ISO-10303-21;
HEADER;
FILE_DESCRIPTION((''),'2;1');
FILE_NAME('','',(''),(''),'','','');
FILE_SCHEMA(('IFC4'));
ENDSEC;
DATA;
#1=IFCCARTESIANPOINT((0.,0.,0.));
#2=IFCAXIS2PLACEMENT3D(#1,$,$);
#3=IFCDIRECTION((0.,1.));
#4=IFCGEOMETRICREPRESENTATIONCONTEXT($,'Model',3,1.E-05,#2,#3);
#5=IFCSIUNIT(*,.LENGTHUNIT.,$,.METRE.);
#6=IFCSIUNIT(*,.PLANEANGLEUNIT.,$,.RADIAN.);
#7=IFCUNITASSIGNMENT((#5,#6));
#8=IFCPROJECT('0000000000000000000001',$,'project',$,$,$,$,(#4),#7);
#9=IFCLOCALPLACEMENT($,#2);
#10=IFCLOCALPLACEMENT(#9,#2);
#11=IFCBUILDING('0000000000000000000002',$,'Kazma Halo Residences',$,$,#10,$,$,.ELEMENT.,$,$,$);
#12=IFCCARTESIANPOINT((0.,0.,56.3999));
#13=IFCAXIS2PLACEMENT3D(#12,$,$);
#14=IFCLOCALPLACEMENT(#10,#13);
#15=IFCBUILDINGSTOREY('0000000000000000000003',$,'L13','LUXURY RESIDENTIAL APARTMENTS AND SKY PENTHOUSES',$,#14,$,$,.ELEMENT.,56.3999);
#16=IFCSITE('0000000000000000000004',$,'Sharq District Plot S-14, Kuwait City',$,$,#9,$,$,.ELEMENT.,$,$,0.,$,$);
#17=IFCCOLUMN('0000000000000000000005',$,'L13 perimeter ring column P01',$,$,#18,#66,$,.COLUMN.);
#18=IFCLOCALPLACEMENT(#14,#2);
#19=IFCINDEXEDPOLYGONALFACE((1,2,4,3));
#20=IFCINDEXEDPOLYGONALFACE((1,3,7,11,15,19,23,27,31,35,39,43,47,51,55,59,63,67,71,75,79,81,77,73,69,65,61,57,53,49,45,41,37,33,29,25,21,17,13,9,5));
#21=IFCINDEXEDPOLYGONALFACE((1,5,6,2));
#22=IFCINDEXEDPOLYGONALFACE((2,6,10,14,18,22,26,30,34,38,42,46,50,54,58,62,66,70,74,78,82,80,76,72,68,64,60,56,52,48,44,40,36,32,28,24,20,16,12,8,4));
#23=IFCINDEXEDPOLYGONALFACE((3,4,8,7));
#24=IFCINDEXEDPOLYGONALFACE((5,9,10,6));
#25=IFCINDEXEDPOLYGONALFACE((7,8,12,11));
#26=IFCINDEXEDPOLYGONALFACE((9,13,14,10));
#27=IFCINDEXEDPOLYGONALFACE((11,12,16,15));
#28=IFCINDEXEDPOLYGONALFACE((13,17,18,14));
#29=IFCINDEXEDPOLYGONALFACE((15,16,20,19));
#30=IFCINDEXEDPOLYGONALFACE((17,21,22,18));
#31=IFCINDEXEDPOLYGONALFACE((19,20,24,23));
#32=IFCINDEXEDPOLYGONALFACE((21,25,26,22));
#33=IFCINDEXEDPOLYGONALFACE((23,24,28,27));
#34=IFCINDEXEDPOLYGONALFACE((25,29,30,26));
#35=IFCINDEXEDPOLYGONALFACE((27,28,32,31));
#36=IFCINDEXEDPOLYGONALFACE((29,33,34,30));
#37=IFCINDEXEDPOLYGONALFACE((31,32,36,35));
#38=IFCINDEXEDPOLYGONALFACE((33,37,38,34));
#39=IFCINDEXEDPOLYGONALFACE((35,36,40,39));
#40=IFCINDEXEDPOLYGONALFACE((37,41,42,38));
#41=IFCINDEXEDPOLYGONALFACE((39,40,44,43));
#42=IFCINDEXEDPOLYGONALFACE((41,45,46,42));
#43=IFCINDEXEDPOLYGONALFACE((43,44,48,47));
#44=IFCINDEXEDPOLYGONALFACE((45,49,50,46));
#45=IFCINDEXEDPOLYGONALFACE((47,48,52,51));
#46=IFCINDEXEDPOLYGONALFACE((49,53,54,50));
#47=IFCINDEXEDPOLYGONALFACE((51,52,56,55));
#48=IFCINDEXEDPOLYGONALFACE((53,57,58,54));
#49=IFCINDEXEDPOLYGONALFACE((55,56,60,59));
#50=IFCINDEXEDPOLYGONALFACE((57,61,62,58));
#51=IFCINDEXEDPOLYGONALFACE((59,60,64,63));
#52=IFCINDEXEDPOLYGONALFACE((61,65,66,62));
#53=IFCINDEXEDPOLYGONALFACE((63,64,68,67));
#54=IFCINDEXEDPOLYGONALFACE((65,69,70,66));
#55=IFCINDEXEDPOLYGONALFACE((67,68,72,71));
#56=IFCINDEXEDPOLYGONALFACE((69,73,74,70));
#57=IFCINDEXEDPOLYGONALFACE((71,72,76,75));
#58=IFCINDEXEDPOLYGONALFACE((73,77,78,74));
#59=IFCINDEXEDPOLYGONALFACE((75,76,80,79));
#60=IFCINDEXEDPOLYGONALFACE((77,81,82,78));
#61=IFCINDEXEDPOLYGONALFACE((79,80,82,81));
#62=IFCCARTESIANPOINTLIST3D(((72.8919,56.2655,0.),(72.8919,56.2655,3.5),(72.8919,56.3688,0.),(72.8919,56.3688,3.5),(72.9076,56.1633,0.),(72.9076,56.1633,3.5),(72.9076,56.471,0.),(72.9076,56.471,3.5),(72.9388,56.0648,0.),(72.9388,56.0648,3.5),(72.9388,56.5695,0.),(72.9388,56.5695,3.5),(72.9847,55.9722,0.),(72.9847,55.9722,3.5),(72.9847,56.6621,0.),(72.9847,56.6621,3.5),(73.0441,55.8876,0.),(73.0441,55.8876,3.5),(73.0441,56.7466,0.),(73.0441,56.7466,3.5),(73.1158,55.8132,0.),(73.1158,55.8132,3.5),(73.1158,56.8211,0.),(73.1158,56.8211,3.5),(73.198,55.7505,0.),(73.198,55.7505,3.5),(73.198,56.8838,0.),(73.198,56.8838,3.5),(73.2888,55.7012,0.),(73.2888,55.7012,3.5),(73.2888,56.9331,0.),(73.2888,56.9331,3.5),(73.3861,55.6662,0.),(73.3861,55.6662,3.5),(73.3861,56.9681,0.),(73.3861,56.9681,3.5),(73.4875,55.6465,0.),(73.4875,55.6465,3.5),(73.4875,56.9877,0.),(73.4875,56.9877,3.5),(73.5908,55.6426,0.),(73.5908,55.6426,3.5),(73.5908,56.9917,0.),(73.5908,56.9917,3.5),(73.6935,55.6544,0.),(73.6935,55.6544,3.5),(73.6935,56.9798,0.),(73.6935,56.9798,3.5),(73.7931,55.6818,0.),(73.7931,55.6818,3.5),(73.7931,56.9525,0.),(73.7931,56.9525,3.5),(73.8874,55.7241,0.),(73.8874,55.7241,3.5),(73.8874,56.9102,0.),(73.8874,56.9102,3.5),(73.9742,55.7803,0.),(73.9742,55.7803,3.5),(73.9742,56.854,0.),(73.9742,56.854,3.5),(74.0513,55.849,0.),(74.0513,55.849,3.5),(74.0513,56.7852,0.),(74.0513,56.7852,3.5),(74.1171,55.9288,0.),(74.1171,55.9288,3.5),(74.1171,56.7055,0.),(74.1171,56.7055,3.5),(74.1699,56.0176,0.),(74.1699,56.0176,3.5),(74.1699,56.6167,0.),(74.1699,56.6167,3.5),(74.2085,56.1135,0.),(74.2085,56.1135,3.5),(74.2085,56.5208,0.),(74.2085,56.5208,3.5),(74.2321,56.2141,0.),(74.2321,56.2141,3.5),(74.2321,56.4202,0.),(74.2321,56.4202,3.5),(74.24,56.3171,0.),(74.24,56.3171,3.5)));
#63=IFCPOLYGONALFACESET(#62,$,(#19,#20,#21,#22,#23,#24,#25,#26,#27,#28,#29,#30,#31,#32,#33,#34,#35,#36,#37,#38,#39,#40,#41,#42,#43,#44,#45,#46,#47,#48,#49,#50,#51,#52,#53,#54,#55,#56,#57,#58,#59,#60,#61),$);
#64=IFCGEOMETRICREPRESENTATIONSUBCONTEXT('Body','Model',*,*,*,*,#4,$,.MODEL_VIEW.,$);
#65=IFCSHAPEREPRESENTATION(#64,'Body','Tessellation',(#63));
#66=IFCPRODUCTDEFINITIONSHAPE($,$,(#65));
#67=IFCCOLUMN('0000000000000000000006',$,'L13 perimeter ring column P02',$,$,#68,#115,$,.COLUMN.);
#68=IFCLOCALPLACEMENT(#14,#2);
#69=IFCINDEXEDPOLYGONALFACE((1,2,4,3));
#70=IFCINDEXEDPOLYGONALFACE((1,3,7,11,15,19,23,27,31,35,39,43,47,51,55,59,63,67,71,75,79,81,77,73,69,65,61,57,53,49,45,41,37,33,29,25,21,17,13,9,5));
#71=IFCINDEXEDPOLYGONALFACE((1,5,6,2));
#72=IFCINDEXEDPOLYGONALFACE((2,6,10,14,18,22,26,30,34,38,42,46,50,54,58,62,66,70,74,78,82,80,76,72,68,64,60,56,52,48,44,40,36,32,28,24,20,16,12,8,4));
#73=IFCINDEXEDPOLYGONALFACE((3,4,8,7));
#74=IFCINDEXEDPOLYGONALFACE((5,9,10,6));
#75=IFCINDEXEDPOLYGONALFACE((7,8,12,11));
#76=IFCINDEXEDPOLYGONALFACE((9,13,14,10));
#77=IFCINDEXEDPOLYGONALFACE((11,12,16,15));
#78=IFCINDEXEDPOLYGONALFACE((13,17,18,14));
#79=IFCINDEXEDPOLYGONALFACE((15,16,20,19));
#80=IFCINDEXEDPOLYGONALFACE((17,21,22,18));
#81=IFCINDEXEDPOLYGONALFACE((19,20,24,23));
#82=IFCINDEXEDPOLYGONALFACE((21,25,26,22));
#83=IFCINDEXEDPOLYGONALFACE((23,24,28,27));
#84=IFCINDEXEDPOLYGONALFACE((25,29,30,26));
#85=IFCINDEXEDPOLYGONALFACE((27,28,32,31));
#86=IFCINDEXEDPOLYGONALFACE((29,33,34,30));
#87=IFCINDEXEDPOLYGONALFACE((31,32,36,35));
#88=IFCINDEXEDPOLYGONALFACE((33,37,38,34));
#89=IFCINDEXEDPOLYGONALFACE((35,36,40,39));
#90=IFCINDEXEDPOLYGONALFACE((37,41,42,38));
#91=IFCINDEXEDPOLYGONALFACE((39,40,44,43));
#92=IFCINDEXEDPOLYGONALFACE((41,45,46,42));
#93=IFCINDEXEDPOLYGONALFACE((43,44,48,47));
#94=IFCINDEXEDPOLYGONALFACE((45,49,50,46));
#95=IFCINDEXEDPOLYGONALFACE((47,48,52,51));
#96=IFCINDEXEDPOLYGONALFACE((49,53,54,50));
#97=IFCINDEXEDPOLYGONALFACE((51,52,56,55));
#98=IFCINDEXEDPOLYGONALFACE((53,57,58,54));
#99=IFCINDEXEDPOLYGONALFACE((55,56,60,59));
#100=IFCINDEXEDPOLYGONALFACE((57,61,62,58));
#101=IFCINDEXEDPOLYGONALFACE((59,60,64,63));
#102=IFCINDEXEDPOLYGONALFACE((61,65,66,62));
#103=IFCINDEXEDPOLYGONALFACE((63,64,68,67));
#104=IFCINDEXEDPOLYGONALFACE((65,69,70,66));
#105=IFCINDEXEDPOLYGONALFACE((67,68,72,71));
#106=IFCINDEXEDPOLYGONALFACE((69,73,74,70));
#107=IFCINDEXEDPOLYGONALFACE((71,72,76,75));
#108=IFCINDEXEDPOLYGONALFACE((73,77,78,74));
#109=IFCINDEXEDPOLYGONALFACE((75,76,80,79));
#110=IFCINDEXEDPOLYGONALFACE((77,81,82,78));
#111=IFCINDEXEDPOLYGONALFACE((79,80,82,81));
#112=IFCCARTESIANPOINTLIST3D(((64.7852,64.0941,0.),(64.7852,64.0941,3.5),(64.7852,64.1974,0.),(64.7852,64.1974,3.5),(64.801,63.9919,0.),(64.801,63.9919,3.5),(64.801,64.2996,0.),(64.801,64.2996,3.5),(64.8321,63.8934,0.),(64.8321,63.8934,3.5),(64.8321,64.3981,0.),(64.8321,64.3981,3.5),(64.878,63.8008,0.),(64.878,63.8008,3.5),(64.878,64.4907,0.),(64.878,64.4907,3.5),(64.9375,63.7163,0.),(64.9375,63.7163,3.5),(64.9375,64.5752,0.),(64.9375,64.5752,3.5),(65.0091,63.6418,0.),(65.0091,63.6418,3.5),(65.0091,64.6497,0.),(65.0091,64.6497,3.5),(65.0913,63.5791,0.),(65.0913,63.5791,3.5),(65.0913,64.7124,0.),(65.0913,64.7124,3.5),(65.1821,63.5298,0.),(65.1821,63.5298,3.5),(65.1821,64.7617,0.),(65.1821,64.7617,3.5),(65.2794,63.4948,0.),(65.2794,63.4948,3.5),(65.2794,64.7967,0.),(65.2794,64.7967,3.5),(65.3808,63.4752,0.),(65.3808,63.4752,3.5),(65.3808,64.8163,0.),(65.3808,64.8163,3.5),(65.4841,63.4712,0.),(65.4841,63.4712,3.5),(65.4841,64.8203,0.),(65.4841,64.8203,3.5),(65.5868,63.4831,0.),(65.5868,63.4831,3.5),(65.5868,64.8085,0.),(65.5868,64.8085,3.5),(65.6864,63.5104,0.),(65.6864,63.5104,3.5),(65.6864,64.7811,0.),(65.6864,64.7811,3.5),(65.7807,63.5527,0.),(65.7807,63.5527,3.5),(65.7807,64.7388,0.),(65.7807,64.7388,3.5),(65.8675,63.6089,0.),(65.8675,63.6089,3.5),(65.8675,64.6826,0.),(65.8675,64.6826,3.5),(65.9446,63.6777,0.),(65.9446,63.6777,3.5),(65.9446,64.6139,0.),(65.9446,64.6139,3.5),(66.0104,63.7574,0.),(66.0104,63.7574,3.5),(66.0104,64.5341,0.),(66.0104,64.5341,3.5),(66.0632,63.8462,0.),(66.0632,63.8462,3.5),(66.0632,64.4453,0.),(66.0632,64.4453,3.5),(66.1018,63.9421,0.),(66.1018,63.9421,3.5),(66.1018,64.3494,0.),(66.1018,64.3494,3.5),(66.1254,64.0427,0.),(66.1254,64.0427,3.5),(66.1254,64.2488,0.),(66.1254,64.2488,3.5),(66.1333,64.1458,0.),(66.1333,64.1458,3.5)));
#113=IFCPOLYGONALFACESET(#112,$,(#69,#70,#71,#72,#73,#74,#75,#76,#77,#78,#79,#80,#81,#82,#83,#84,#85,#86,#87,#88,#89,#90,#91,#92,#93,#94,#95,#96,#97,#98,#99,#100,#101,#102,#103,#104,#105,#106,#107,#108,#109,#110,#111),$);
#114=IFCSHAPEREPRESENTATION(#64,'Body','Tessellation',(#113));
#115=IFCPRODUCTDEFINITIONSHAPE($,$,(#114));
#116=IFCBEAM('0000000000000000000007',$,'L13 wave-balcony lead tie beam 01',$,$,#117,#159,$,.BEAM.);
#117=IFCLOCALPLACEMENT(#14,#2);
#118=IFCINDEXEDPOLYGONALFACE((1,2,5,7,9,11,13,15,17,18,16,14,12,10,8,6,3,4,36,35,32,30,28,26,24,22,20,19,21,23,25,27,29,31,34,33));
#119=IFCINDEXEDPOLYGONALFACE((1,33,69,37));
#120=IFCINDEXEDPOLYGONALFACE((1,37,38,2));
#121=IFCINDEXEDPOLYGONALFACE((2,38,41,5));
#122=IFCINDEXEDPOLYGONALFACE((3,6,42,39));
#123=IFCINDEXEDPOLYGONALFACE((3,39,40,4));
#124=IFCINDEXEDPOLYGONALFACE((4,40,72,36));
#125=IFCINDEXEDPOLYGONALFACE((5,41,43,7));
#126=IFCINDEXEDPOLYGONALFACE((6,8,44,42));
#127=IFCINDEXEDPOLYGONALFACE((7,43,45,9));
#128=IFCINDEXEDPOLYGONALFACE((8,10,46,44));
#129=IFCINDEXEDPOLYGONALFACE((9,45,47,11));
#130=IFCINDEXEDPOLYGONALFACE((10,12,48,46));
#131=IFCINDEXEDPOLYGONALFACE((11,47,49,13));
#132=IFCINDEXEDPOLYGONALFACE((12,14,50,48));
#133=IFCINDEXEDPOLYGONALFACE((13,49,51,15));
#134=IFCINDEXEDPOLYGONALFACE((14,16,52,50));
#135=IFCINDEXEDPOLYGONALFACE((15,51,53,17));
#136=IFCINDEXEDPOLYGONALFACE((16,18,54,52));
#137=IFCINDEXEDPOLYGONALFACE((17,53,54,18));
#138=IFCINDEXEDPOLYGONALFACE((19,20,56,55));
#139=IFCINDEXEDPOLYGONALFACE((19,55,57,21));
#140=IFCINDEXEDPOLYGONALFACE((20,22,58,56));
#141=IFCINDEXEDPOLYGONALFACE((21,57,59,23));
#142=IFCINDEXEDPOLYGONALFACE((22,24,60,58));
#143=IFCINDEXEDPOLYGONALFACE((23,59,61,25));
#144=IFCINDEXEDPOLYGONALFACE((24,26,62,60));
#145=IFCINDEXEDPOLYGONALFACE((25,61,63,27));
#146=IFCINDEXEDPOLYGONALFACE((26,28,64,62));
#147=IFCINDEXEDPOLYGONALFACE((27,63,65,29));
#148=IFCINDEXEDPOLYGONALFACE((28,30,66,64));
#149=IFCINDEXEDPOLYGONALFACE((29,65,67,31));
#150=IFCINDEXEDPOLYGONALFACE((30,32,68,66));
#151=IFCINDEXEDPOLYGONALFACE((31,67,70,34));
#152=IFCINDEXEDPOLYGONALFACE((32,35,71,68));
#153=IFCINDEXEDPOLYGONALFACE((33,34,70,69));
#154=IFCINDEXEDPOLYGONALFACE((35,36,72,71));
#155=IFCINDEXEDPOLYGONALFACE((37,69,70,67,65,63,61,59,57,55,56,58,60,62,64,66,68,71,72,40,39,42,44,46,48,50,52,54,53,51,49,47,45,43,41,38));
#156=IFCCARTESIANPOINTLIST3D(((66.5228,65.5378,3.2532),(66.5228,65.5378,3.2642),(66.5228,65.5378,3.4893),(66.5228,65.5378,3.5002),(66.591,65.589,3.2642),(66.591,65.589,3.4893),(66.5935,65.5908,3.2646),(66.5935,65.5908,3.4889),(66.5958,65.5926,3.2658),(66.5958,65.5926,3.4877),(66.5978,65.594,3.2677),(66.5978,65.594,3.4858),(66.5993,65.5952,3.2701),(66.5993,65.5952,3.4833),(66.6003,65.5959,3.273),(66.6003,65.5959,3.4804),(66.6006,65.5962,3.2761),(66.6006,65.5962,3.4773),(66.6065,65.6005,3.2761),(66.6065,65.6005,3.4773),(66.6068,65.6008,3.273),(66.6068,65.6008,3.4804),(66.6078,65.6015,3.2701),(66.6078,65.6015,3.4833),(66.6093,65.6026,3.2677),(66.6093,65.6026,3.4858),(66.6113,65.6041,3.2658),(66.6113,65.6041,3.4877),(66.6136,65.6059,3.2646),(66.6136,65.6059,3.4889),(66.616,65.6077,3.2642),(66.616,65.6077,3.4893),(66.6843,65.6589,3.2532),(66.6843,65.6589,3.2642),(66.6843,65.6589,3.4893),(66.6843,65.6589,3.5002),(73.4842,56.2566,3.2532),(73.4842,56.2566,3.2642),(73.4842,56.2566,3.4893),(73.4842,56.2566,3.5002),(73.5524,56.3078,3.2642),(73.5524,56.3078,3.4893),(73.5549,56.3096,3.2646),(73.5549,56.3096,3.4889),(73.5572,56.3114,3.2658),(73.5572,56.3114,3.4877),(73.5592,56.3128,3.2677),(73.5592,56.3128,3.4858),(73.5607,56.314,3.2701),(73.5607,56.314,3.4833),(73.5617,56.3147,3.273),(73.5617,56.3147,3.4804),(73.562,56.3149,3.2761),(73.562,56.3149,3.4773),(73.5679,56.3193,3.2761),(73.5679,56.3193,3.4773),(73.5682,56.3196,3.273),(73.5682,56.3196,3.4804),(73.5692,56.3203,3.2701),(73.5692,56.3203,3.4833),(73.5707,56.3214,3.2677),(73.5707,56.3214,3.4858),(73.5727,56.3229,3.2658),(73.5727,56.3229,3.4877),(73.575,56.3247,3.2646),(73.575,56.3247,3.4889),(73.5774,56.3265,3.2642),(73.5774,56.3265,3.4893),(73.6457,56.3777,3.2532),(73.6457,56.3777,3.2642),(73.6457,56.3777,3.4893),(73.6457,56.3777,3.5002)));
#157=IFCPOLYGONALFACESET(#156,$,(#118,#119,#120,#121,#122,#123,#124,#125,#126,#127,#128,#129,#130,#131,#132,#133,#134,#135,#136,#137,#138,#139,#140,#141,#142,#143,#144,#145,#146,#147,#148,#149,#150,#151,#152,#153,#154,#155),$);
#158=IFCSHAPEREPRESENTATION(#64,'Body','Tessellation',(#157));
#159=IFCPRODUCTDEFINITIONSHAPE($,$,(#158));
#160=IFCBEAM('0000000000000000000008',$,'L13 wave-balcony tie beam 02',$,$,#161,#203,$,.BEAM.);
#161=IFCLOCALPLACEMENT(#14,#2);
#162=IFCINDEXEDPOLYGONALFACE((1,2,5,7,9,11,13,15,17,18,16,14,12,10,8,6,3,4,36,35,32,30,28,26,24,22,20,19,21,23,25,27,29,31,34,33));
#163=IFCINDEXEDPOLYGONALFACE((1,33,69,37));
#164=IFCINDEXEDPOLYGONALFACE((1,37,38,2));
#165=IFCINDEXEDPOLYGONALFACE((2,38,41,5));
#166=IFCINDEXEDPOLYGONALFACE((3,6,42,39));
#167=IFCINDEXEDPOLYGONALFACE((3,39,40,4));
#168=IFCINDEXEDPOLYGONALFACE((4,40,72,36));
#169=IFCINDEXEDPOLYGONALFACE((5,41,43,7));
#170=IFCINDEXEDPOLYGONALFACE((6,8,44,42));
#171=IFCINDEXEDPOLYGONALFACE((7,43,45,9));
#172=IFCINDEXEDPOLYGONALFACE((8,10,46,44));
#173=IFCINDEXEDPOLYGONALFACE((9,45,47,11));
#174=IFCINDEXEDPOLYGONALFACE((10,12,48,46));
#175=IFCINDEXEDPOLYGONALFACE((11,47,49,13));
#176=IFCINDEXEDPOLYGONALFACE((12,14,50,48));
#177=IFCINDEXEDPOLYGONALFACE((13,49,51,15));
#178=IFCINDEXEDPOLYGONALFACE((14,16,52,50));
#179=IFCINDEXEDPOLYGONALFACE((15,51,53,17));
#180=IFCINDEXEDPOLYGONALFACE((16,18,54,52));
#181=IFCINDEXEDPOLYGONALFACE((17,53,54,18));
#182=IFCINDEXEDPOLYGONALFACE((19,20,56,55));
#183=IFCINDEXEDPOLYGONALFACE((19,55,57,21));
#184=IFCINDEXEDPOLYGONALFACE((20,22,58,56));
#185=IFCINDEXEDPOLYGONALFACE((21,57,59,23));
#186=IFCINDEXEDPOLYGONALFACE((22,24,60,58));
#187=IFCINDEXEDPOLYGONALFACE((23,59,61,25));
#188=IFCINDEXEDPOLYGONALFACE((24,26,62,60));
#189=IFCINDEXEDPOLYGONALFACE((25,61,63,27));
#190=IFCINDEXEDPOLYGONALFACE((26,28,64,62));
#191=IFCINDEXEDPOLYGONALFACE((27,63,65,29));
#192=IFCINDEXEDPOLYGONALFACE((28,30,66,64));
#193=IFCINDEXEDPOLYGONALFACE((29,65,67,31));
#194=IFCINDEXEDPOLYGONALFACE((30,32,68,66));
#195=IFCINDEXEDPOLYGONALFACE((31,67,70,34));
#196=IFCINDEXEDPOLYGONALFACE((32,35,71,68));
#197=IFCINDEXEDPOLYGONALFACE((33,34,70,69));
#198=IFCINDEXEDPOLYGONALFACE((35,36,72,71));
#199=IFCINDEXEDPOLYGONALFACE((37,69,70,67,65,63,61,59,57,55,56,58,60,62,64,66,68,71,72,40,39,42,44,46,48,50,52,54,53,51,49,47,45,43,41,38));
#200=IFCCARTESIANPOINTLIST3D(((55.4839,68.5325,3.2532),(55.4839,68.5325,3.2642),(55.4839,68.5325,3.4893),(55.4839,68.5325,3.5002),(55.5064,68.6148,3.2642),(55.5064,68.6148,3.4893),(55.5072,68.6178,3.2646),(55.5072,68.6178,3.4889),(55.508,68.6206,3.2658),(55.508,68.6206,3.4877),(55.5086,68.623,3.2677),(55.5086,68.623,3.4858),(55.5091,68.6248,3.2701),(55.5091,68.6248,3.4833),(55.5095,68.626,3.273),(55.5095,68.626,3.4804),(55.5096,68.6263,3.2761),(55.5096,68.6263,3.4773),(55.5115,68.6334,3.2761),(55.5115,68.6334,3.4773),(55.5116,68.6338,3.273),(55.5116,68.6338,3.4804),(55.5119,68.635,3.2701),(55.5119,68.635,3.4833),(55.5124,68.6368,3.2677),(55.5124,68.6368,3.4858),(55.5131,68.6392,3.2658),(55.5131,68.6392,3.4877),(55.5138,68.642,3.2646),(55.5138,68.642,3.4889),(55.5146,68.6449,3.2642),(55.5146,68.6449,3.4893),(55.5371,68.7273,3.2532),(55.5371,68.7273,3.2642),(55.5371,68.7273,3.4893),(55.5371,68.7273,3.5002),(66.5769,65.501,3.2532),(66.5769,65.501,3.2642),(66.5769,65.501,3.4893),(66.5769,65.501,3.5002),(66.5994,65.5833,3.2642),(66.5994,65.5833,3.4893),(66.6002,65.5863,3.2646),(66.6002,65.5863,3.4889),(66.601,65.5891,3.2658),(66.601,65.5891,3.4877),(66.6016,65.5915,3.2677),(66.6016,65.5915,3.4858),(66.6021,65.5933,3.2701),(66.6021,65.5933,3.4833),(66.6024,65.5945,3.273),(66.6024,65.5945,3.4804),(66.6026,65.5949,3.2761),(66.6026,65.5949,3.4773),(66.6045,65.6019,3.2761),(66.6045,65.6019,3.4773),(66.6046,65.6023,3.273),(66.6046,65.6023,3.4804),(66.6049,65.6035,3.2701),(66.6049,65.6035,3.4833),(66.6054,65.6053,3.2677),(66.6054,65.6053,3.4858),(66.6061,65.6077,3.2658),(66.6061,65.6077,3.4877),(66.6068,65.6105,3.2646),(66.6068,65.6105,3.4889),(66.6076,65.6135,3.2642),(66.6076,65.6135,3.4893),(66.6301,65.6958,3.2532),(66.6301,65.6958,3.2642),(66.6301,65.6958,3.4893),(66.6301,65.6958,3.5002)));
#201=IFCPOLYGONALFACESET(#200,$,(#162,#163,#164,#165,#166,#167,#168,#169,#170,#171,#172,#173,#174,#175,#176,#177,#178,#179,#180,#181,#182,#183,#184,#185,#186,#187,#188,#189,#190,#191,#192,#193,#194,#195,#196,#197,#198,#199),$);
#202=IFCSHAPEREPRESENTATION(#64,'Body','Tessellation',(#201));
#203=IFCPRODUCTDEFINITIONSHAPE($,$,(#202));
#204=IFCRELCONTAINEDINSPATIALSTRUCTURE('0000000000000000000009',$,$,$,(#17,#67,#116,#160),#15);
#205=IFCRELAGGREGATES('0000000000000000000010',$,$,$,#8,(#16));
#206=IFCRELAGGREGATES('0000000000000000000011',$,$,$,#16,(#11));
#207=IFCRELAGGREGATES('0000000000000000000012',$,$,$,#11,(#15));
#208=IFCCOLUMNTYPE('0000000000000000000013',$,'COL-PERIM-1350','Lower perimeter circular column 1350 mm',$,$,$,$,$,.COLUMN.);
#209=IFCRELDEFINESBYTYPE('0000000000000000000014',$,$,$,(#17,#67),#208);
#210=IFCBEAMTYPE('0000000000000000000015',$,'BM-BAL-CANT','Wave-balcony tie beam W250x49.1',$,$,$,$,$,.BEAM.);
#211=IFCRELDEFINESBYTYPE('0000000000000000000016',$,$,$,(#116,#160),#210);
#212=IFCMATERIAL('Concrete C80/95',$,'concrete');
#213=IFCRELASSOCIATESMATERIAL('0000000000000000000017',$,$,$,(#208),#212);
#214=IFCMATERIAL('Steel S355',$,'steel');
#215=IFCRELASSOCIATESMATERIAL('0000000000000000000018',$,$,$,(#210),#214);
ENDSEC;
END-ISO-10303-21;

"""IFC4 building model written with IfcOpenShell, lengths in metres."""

from ifc_helpers import new_model, si_unit, direction, frame, origin, origin_2d, place, context, subcontext, project, spatial, circle, i_section, extrude, material, material_profile, profile_set, type_object, element, save


model = new_model("IFC4")

# Units and contexts
model_context = context("Model", 3, precision=1e-05, world=origin(), true_north=direction((0.0, 1.0)))
body_context = subcontext(model_context, "Body", "Model", "MODEL_VIEW")
ifc_project = project(units=[si_unit("LENGTHUNIT", "METRE"), si_unit("PLANEANGLEUNIT", "RADIAN")], contexts=[model_context])

# Site, building, storey
site_placement = place(None, origin())
site = spatial("IfcSite", under=ifc_project, at=site_placement, Name="Sharq District Plot S-14, Kuwait City", CompositionType="ELEMENT", RefElevation=0.0)
building_placement = place(site_placement, origin())
building = spatial("IfcBuilding", under=site, at=building_placement, Name="Kazma Halo Residences", CompositionType="ELEMENT")
storey_placement = place(building_placement, frame((0.0, 0.0, 56.3999)))
storey = spatial("IfcBuildingStorey", under=building, at=storey_placement, Name="L13", Description="LUXURY RESIDENTIAL APARTMENTS AND SKY PENTHOUSES", CompositionType="ELEMENT", Elevation=56.3999)

# Columns
ifc_material_1 = material(Name="Concrete C80/95", Category="concrete")
ifc_material_profile_1 = material_profile(ifc_material_1, circle(Radius=0.675, at=origin_2d()), Name="CIRC1350")
ifc_profile_set_1 = profile_set([ifc_material_profile_1], Name="Concrete C80/95")
column_type = type_object("IfcColumnType", Name="COL-PERIM-1350", Description="Lower perimeter circular column 1350 mm", PredefinedType="COLUMN", material=ifc_profile_set_1)
for number, where, z_axis, x_axis, name in (
    (1, (73.5649, 56.3171, 0.0), (0.0, 0.0, 1.0), (1.0, 0.0, 0.0), "L13 perimeter ring column P01"),
    (2, (65.4583, 64.1458, 0.0), (0.0, 0.0, 1.0), (1.0, 0.0, 0.0), "L13 perimeter ring column P02"),
):
    element("IfcColumn", number, at=place(storey_placement, frame(where, z_axis=z_axis, x_axis=x_axis)), inside=storey, type_object=column_type, Name=name, PredefinedType="COLUMN", context=body_context, shape_type="SweptSolid", body=[
        extrude(circle(Radius=0.675, at=origin_2d()), origin(), (0.0, 0.0, 1.0), 3.5),
    ])

# Beams
ifc_material_2 = material(Name="Steel S355", Category="steel")
ifc_material_profile_2 = material_profile(ifc_material_2, i_section(OverallWidth=0.2019, OverallDepth=0.2471, WebThickness=0.0073, FlangeThickness=0.011, FilletRadius=0.012, at=origin_2d()), Name="W250x49.1")
ifc_profile_set_2 = profile_set([ifc_material_profile_2], Name="Steel S355")
beam_type_1 = type_object("IfcBeamType", Name="BM-BAL-CANT", Description="Wave-balcony tie beam W250x49.1", PredefinedType="BEAM", material=ifc_profile_set_2)
beam_1_placement = place(storey_placement, frame((73.5649, 56.3171, 3.3767), z_axis=(-0.600027, 0.79998, 0.0), x_axis=(-0.79998, -0.600027, 0.0)))
element("IfcBeam", 3, at=beam_1_placement, inside=storey, type_object=beam_type_1, Name="L13 wave-balcony lead tie beam 01", PredefinedType="BEAM", context=body_context, shape_type="SweptSolid", body=[
    extrude(i_section(OverallWidth=0.2019, OverallDepth=0.2471, WebThickness=0.0073, FlangeThickness=0.011, FilletRadius=0.012, at=origin_2d()), origin(), (0.0, 0.0, 1.0), 11.6018),
])
beam_2_placement = place(storey_placement, frame((66.6035, 65.5984, 3.3767), z_axis=(-0.964628, 0.263613, 0.0), x_axis=(-0.263613, -0.964628, 0.0)))
element("IfcBeam", 4, at=beam_2_placement, inside=storey, type_object=beam_type_1, Name="L13 wave-balcony tie beam 02", PredefinedType="BEAM", context=body_context, shape_type="SweptSolid", body=[
    extrude(i_section(OverallWidth=0.2019, OverallDepth=0.2471, WebThickness=0.0073, FlangeThickness=0.011, FilletRadius=0.012, at=origin_2d()), origin(), (0.0, 0.0, 1.0), 11.4998),
])

save(model, "model.ifc")
